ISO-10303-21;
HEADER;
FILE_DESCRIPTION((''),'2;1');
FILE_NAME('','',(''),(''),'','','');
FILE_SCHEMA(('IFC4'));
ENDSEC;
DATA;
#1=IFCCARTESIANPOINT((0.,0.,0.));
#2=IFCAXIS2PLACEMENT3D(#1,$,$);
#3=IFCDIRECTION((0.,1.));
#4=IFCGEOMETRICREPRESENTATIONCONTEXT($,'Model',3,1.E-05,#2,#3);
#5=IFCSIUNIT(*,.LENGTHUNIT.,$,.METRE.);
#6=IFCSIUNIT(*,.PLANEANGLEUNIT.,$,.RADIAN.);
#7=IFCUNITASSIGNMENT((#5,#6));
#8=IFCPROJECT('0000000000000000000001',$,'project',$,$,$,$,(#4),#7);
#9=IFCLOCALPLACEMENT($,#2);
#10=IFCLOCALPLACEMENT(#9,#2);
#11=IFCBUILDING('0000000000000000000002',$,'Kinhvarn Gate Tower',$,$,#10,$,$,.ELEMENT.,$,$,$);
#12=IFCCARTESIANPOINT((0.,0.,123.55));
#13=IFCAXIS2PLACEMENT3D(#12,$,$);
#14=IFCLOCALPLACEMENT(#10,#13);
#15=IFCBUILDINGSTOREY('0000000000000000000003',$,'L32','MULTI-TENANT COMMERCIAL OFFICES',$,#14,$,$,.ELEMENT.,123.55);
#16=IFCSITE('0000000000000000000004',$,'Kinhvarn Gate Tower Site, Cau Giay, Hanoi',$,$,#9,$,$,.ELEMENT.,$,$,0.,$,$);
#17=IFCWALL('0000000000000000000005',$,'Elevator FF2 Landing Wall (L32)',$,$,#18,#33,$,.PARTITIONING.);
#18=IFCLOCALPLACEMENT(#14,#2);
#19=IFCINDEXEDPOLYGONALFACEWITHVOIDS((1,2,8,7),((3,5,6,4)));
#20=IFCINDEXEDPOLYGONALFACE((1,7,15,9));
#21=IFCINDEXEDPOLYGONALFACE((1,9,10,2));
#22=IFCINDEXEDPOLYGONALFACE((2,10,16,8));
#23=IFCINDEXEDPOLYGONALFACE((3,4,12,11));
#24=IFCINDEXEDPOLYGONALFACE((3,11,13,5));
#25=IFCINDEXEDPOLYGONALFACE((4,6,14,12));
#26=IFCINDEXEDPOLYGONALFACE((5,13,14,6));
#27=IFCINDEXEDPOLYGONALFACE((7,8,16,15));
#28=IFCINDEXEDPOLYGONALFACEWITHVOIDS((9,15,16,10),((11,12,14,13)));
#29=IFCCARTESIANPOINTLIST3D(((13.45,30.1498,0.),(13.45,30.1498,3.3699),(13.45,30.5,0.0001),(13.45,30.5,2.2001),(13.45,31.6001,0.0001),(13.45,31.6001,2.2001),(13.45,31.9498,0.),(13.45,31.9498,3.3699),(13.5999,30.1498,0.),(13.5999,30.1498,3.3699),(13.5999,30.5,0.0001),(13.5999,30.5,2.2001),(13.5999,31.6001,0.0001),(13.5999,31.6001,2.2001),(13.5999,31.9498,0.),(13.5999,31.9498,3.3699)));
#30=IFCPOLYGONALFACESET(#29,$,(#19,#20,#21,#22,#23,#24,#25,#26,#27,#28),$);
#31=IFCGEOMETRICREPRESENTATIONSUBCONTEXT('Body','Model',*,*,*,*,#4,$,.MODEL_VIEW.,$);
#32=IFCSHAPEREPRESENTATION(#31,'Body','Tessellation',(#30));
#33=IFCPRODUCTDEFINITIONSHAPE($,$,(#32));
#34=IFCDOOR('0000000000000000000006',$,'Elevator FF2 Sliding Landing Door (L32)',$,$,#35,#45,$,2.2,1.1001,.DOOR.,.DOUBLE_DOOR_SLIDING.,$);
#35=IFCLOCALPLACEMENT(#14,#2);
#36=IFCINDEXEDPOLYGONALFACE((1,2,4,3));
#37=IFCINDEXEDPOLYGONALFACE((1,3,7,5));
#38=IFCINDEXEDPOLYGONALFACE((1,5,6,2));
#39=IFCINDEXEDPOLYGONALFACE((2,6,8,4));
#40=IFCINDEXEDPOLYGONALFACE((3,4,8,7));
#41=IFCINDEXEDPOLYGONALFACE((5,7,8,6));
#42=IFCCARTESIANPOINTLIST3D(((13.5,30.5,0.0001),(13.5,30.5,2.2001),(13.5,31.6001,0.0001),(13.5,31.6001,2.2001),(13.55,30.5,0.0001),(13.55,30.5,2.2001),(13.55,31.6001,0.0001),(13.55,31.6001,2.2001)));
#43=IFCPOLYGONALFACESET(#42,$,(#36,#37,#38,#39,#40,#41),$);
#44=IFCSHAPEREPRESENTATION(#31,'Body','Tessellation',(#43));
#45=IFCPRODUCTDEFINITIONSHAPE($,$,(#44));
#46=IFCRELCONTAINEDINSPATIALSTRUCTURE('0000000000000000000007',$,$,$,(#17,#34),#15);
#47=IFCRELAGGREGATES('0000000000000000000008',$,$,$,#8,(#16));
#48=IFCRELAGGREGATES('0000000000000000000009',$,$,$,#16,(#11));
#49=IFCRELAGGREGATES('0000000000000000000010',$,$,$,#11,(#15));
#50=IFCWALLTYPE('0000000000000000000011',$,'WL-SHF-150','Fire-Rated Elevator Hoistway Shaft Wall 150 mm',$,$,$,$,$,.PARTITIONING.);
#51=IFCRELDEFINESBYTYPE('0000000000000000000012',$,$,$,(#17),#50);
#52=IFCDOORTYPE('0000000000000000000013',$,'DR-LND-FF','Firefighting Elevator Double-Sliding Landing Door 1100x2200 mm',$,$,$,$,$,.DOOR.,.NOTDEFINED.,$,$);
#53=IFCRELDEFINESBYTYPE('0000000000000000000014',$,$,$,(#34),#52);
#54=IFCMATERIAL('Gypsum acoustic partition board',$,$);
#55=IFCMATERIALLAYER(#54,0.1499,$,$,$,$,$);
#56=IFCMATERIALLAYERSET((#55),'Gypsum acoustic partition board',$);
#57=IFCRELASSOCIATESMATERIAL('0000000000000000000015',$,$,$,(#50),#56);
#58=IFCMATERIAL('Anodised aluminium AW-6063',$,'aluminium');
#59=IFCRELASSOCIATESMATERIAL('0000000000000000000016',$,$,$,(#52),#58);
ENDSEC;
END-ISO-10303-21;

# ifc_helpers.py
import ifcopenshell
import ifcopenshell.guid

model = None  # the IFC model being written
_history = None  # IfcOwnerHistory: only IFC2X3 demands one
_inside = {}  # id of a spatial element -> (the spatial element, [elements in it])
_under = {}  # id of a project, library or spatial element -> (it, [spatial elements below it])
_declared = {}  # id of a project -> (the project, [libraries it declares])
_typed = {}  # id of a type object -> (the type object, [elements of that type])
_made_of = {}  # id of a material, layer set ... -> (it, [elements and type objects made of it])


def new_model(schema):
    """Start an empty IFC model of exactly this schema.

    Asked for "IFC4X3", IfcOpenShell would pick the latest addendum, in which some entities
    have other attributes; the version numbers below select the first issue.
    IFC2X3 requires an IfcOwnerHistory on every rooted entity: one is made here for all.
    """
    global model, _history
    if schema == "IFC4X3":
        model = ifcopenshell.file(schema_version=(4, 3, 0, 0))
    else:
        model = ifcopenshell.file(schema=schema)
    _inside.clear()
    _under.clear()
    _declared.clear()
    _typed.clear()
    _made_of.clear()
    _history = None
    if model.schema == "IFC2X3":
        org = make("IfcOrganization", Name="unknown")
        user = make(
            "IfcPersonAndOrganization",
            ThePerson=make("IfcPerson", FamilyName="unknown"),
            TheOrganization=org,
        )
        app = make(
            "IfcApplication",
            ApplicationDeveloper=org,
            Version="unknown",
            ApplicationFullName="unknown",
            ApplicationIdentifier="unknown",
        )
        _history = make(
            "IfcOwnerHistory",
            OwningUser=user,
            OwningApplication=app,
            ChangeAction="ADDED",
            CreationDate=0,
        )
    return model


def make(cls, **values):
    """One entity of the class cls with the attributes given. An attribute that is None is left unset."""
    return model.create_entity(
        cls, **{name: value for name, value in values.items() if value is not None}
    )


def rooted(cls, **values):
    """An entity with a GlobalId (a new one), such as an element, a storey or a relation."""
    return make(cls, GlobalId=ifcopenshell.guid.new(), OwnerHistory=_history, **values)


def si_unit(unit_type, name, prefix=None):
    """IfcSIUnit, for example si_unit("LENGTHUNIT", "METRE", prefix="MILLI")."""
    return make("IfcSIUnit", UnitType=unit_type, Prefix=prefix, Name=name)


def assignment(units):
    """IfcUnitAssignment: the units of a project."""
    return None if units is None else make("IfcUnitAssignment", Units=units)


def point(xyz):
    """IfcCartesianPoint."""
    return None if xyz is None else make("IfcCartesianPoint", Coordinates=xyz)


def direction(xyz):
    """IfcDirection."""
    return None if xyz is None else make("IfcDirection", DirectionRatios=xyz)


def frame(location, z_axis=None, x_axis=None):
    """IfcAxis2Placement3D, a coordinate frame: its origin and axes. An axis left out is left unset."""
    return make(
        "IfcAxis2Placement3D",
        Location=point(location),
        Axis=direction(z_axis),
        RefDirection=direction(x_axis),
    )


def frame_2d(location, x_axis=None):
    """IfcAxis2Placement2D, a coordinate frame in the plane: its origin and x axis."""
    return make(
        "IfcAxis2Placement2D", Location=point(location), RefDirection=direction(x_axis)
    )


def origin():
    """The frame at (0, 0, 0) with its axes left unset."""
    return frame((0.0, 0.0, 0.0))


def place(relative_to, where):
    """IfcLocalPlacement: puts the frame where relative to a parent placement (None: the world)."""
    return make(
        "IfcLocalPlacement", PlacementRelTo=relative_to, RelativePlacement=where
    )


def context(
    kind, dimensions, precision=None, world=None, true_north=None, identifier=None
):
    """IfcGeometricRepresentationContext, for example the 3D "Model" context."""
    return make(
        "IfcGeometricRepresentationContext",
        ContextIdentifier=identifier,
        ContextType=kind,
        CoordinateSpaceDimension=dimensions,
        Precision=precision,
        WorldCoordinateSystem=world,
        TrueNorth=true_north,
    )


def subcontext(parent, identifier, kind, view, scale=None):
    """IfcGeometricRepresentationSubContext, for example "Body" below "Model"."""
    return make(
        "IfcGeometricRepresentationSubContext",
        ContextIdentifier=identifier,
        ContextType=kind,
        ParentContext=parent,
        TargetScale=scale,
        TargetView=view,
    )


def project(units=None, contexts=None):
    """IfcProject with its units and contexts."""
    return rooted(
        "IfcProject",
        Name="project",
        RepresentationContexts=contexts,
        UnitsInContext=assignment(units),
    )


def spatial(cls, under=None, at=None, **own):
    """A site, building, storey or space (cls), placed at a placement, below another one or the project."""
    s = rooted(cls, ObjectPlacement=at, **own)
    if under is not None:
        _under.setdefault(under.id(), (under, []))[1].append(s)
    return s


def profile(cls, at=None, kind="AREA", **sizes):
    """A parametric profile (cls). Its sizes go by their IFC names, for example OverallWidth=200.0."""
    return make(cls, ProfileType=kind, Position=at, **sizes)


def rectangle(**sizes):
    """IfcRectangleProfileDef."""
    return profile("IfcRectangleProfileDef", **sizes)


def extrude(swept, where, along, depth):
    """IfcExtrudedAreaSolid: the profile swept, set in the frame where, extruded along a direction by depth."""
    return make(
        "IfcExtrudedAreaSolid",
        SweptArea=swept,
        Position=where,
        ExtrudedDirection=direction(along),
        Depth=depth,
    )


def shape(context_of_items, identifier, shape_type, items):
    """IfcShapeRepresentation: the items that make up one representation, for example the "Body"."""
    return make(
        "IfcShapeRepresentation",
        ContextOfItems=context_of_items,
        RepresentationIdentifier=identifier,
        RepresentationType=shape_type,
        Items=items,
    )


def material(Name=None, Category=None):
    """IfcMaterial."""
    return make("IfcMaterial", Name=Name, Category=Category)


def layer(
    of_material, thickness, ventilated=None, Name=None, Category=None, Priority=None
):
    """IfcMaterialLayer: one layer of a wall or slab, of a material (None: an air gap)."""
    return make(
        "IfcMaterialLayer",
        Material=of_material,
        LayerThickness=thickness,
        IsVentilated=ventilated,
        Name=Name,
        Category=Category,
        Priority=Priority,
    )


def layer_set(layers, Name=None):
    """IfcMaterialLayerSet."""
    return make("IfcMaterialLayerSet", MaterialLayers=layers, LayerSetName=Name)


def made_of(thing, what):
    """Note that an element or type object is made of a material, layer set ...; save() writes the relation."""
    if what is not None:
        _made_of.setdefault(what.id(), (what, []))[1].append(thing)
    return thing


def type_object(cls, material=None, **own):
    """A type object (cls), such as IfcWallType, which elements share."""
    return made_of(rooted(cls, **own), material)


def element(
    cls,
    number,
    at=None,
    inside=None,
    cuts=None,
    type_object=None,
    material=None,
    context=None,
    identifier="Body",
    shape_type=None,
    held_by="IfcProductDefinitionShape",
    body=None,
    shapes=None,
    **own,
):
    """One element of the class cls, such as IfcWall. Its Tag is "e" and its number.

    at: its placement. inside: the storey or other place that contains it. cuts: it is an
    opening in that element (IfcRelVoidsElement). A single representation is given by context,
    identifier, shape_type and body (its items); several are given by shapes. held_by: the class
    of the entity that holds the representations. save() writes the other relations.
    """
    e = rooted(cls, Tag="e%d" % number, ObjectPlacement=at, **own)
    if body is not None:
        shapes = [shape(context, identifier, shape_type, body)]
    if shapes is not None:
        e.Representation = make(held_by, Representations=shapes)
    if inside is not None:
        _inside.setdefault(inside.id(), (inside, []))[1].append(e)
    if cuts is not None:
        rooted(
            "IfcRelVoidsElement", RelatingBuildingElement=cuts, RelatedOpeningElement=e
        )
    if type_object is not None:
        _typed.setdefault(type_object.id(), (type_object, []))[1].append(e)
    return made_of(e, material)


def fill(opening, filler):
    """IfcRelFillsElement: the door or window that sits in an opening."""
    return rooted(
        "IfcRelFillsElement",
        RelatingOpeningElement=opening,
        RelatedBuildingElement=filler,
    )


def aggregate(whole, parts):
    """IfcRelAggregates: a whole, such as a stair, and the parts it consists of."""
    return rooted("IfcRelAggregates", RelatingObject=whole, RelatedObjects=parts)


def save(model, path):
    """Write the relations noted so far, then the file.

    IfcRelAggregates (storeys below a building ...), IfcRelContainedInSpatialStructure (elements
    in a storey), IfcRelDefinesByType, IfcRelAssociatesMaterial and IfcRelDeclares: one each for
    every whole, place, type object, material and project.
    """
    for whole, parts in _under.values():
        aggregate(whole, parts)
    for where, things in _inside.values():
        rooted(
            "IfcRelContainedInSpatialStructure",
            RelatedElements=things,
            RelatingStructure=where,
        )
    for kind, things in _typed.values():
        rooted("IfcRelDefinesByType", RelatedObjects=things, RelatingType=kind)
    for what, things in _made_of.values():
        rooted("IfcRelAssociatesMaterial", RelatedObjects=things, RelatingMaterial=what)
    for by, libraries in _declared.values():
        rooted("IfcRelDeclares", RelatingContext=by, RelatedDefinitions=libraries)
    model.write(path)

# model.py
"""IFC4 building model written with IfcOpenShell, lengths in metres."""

from ifc_helpers import new_model, si_unit, direction, frame, frame_2d, origin, place, context, subcontext, project, spatial, rectangle, extrude, material, layer, layer_set, type_object, element, fill, save


model = new_model("IFC4")

# Units and contexts
model_context = context("Model", 3, precision=1e-05, world=origin(), true_north=direction((0.0, 1.0)))
body_context = subcontext(model_context, "Body", "Model", "MODEL_VIEW")
ifc_project = project(units=[si_unit("LENGTHUNIT", "METRE"), si_unit("PLANEANGLEUNIT", "RADIAN")], contexts=[model_context])

# Site, building, storey
site_placement = place(None, origin())
site = spatial("IfcSite", under=ifc_project, at=site_placement, Name="Kinhvarn Gate Tower Site, Cau Giay, Hanoi", CompositionType="ELEMENT", RefElevation=0.0)
building_placement = place(site_placement, origin())
building = spatial("IfcBuilding", under=site, at=building_placement, Name="Kinhvarn Gate Tower", CompositionType="ELEMENT")
storey_placement = place(building_placement, frame((0.0, 0.0, 123.55)))
storey = spatial("IfcBuildingStorey", under=building, at=storey_placement, Name="L32", Description="MULTI-TENANT COMMERCIAL OFFICES", CompositionType="ELEMENT", Elevation=123.55)

# Shared definitions
ifc_material_1 = material(Name="Gypsum acoustic partition board")

# Shared definitions
ifc_layer_1 = layer(ifc_material_1, 0.1499)
ifc_layer_set_1 = layer_set([ifc_layer_1], Name="Gypsum acoustic partition board")
wall_type_1 = type_object("IfcWallType", Name="WL-SHF-150", Description="Fire-Rated Elevator Hoistway Shaft Wall 150 mm", PredefinedType="PARTITIONING", material=ifc_layer_set_1)
ifc_material_2 = material(Name="Anodised aluminium AW-6063", Category="aluminium")

# Wall, opening, door
wall_1_placement = place(storey_placement, frame((13.5249, 30.1499, 0.0), z_axis=(0.0, 0.0, 1.0), x_axis=(0.0, 1.0, 0.0)))
wall_1 = element("IfcWall", 1, at=wall_1_placement, inside=storey, type_object=wall_type_1, Name="Elevator FF2 Landing Wall (L32)", PredefinedType="PARTITIONING", context=body_context, shape_type="SweptSolid", body=[
    extrude(rectangle(XDim=1.8, YDim=0.1499, at=frame_2d((0.8999, 0.0))), origin(), (0.0, 0.0, 1.0), 3.3699),
])
opening_1_placement = place(wall_1_placement, frame((0.3501, 0.0, 0.0)))
opening_1 = element("IfcOpeningElement", 2, at=opening_1_placement, cuts=wall_1, PredefinedType="OPENING", context=body_context, shape_type="SweptSolid", body=[
    extrude(rectangle(XDim=1.1001, YDim=2.2, at=frame_2d((0.55, 1.1001))), frame((0.0, 0.085, 0.0), z_axis=(0.0, -1.0, 0.0), x_axis=(1.0, 0.0, 0.0)), (0.0, 0.0, 1.0), 0.1699),
])
door_type_1 = type_object("IfcDoorType", Name="DR-LND-FF", Description="Firefighting Elevator Double-Sliding Landing Door 1100x2200 mm", OperationType="NOTDEFINED", PredefinedType="DOOR", material=ifc_material_2)
door_1_placement = place(opening_1_placement, origin())
door_1 = element("IfcDoor", 3, at=door_1_placement, inside=storey, type_object=door_type_1, Name="Elevator FF2 Sliding Landing Door (L32)", OperationType="DOUBLE_DOOR_SLIDING", OverallHeight=2.2, OverallWidth=1.1001, PredefinedType="DOOR", context=body_context, shape_type="SweptSolid", body=[
    extrude(rectangle(XDim=1.1001, YDim=2.2, at=frame_2d((0.55, 1.1001))), frame((0.0, 0.0249, 0.0), z_axis=(0.0, -1.0, 0.0), x_axis=(1.0, 0.0, 0.0)), (0.0, 0.0, 1.0), 0.05),
])
fill(opening_1, door_1)

save(model, "model.ifc")
